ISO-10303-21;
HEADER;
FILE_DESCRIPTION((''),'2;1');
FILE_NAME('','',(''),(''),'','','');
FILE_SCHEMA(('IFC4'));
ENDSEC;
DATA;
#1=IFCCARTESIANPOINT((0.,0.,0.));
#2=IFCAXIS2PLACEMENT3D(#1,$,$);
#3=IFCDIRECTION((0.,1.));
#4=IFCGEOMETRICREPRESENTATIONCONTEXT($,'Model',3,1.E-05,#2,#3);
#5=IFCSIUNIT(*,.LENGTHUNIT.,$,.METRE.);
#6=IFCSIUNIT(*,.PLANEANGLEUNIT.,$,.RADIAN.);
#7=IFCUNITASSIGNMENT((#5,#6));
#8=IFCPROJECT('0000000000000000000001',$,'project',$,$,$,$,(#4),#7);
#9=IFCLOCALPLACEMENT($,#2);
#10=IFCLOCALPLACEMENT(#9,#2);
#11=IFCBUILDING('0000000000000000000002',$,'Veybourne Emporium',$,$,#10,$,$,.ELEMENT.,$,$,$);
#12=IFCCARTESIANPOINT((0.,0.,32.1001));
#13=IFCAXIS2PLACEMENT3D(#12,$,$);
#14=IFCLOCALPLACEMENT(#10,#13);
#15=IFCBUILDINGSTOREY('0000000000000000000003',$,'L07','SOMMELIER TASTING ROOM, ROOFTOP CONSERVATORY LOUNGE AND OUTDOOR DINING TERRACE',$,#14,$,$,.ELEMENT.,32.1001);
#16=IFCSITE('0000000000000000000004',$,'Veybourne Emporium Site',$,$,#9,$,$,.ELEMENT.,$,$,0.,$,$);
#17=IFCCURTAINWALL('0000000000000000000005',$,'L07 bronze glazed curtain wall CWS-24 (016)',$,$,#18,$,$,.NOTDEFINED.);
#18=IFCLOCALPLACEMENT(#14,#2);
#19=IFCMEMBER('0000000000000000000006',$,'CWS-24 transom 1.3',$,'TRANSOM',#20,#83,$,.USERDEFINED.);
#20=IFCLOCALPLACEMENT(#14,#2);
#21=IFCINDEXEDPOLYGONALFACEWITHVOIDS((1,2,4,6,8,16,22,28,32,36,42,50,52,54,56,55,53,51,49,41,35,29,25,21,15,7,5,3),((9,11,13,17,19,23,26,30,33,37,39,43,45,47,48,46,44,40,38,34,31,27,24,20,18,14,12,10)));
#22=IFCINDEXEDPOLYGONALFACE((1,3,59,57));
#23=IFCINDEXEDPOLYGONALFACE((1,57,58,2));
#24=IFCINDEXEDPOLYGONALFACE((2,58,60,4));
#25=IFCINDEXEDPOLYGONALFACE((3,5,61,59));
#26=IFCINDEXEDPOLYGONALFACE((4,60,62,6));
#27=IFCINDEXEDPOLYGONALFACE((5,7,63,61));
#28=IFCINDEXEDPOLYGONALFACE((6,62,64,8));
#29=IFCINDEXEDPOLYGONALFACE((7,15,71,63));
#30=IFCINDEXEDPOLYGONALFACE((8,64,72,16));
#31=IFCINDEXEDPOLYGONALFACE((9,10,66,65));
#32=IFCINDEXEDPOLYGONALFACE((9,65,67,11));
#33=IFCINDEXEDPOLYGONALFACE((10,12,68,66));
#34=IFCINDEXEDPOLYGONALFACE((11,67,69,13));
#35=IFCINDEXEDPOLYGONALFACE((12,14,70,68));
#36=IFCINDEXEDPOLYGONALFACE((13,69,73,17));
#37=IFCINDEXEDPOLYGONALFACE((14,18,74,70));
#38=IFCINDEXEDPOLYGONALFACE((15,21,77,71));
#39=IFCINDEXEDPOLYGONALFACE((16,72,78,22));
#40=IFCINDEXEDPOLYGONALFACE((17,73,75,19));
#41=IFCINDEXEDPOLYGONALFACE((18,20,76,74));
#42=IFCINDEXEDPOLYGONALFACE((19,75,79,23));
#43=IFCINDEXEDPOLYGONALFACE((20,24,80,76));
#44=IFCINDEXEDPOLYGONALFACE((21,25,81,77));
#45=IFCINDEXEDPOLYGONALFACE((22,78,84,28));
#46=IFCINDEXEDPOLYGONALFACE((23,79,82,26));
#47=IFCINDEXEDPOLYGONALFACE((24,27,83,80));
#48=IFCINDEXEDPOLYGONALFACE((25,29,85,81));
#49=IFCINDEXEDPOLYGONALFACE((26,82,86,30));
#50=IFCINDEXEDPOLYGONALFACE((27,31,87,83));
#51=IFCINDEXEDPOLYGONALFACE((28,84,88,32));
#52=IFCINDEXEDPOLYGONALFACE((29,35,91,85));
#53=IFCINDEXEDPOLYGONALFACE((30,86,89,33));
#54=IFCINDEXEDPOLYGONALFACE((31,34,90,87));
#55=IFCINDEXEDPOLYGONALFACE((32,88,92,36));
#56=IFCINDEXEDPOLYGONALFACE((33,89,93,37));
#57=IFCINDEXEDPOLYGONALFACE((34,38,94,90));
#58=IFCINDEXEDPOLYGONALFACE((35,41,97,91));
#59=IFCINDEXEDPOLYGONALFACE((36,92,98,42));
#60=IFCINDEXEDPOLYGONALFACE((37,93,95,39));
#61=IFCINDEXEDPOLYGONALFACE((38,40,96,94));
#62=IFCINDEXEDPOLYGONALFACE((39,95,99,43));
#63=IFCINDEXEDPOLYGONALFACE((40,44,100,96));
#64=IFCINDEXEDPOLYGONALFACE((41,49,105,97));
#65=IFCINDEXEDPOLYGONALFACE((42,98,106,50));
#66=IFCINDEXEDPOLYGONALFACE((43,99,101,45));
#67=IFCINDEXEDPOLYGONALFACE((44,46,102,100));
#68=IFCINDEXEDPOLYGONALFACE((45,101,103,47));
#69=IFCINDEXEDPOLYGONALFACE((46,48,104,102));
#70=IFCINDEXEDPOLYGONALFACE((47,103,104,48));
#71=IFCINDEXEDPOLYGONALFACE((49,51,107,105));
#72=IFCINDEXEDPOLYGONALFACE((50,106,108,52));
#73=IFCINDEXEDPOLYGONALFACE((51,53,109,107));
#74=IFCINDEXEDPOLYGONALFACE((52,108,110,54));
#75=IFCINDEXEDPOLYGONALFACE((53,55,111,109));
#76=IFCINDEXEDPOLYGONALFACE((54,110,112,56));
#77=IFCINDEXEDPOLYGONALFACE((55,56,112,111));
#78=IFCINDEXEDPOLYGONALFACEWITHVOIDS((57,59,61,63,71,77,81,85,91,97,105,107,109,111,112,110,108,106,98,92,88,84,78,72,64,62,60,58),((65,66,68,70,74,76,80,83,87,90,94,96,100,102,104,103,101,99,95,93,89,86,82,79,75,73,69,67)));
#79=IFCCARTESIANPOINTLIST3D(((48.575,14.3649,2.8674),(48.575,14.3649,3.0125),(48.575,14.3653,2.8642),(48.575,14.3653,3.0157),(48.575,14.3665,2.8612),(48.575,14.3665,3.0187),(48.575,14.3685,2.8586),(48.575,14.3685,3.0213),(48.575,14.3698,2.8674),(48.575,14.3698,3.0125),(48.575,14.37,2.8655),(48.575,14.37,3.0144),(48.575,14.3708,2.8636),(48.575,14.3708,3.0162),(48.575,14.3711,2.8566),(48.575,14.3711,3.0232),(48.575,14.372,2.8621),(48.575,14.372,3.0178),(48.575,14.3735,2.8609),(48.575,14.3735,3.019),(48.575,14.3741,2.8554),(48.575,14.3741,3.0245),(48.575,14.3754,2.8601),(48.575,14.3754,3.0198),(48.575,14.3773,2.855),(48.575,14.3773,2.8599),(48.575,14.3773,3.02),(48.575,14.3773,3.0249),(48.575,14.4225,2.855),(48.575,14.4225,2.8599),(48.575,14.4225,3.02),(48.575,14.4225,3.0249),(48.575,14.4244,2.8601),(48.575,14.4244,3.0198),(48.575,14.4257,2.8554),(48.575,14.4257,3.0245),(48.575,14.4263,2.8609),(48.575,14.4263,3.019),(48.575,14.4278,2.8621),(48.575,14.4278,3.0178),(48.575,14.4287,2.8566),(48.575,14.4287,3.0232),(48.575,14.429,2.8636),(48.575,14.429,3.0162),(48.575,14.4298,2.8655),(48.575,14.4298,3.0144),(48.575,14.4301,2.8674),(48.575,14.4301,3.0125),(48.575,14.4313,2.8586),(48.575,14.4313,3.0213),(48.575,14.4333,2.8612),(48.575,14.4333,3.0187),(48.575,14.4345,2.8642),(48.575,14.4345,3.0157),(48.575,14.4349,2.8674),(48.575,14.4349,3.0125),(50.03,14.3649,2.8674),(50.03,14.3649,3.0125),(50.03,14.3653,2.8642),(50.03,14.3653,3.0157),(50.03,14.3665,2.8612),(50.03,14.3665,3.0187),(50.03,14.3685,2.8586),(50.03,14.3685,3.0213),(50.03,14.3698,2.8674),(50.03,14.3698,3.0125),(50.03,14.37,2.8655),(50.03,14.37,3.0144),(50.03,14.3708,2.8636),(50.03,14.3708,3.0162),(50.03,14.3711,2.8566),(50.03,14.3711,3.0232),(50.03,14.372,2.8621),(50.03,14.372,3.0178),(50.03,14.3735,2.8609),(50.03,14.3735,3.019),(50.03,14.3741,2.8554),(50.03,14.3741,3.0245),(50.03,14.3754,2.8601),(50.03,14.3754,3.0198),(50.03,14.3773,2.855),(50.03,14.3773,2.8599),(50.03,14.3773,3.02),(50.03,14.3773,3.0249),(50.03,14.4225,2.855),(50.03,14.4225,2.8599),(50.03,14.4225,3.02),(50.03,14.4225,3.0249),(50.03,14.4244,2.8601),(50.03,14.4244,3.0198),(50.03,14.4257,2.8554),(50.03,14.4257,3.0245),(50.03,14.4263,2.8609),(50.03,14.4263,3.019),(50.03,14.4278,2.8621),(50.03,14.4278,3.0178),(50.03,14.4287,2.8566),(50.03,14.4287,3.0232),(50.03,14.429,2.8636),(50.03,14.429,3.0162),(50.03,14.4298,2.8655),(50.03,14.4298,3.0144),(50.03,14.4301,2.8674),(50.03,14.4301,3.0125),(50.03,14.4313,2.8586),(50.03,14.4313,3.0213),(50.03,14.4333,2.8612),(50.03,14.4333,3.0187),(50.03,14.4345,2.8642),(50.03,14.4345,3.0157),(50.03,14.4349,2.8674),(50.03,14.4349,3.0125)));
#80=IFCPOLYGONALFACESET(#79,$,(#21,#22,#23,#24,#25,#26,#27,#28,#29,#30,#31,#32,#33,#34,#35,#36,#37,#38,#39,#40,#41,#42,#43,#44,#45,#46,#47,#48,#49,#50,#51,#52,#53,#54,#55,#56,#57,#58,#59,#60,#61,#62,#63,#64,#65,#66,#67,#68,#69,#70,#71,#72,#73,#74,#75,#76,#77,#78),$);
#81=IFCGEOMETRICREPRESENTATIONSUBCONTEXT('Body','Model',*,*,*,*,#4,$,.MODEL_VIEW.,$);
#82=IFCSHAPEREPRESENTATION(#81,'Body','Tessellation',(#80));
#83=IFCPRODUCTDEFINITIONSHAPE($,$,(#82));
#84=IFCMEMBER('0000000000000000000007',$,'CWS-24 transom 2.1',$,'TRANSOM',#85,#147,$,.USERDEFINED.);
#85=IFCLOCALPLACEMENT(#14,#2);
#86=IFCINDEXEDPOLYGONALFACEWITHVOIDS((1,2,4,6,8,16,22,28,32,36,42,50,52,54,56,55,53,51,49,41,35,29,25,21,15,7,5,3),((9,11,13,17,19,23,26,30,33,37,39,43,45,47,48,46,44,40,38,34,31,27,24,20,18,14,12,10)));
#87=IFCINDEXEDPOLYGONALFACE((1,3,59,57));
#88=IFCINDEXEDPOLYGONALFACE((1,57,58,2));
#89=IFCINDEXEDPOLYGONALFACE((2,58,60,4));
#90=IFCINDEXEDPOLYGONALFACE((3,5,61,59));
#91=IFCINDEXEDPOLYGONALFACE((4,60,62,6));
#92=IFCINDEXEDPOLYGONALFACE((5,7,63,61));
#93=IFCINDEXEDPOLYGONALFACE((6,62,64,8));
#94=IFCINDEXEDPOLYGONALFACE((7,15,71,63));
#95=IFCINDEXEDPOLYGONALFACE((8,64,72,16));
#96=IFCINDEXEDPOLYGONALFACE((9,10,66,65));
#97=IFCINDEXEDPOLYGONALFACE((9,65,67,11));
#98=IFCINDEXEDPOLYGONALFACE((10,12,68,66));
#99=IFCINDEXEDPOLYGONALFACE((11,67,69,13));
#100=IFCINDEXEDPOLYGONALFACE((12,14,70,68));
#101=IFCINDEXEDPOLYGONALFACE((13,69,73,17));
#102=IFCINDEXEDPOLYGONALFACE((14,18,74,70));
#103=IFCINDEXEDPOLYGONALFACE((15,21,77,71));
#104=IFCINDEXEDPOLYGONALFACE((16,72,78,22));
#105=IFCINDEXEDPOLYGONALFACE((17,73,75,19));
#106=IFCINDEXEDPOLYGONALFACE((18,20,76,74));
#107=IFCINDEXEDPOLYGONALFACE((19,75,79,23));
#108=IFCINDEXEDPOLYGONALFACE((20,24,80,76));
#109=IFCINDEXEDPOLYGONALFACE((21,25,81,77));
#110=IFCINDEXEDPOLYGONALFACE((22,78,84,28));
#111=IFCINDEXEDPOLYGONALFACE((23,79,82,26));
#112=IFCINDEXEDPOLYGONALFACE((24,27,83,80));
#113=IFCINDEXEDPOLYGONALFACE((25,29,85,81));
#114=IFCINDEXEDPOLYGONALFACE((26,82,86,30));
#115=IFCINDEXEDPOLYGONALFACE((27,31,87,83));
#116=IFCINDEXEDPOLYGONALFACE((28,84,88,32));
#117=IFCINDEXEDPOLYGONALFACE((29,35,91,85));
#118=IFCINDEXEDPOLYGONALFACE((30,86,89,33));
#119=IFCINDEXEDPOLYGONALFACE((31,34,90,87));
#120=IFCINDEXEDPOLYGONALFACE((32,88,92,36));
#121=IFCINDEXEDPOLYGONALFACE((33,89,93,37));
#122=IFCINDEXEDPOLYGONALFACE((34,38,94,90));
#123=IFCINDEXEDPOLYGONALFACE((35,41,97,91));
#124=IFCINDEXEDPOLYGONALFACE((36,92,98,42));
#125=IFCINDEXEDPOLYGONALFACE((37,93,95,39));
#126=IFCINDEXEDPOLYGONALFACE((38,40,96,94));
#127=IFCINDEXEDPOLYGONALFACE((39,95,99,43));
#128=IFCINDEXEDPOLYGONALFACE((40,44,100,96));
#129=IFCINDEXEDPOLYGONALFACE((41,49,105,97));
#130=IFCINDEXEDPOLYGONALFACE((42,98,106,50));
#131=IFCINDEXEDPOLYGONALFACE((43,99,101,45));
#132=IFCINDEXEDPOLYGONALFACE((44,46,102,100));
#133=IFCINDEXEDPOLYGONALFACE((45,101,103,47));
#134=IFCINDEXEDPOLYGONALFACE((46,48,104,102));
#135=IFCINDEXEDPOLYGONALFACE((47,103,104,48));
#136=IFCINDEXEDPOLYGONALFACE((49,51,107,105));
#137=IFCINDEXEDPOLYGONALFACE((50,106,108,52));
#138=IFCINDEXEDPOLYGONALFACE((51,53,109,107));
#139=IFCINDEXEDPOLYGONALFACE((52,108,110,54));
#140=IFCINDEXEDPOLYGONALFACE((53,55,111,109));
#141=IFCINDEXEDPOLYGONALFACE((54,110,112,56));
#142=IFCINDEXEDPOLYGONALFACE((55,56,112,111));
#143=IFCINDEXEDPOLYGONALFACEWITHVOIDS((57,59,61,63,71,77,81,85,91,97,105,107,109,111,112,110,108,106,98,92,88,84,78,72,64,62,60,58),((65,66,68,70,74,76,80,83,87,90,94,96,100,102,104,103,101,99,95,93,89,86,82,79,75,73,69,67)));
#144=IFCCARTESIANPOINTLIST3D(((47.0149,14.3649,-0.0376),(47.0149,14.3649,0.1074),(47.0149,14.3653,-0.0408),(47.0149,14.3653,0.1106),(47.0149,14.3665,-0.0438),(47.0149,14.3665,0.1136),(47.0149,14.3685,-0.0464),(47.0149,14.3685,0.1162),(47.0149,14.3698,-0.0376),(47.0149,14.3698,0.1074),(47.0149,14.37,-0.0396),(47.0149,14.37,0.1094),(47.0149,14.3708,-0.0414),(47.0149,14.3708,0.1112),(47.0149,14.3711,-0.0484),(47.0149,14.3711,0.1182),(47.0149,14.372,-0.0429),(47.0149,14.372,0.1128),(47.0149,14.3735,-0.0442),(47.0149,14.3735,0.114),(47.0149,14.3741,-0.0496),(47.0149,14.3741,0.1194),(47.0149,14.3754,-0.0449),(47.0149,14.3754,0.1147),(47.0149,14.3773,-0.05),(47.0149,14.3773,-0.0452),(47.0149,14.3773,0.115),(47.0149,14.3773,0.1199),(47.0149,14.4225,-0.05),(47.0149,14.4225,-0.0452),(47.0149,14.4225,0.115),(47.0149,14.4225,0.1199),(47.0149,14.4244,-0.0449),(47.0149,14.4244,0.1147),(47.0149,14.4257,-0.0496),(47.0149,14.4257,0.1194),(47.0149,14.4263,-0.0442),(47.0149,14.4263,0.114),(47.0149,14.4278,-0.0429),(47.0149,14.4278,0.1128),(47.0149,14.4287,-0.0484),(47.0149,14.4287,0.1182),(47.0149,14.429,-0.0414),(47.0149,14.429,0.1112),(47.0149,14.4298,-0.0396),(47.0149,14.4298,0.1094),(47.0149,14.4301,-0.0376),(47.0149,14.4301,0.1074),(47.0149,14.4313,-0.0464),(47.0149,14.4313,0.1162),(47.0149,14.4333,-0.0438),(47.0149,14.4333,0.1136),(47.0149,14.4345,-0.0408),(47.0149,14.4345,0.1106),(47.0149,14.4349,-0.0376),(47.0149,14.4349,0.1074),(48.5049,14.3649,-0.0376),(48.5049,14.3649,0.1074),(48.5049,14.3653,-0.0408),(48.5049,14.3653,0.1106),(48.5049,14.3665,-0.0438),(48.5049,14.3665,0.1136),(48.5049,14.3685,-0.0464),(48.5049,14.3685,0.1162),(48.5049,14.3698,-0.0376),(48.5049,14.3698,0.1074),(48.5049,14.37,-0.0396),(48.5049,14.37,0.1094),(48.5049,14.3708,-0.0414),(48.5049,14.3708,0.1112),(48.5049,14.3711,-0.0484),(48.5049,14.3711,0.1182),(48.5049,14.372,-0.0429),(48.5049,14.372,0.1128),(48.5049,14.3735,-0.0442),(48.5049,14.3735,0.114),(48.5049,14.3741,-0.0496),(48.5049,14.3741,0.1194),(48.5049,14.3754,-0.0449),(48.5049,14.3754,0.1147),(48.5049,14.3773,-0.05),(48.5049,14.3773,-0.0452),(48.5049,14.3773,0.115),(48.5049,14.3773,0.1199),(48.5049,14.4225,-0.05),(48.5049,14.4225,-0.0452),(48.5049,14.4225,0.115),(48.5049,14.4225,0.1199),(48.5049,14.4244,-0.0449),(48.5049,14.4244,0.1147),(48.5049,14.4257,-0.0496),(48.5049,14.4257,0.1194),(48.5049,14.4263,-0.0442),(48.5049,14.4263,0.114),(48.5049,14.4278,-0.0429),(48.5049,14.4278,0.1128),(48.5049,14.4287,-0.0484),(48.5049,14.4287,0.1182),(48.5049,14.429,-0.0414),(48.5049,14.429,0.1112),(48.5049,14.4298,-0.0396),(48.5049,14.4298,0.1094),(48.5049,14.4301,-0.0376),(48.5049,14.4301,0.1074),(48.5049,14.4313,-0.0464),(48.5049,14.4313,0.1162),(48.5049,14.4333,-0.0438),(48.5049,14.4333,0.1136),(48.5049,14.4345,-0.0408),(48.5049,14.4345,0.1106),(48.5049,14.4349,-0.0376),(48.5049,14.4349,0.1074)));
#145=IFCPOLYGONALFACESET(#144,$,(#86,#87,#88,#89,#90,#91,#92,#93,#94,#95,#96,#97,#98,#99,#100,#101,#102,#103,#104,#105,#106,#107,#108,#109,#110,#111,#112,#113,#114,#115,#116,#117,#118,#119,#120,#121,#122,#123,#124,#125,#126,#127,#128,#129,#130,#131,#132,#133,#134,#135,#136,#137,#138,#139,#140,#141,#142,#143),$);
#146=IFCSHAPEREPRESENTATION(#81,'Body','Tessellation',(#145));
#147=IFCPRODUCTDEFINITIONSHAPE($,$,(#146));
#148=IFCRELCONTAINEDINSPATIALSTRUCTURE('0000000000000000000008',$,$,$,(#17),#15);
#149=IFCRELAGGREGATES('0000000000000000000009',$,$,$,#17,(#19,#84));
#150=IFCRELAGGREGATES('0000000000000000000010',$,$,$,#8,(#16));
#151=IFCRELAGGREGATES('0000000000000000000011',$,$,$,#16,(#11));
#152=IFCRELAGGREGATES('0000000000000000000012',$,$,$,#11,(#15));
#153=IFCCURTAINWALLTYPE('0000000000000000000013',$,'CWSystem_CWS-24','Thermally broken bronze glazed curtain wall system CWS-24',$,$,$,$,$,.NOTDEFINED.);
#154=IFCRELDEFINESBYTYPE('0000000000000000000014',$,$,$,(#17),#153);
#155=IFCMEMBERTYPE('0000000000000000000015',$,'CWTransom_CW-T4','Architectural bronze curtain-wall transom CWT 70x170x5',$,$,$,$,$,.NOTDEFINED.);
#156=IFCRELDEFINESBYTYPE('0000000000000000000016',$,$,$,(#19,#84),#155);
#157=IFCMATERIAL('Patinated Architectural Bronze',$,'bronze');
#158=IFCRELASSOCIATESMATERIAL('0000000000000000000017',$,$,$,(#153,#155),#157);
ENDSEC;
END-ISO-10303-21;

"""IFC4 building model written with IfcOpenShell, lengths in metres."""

from ifc_helpers import new_model, si_unit, direction, frame, origin, origin_2d, place, context, subcontext, project, spatial, hollow_rectangle, extrude, material, material_profile, profile_set, type_object, element, aggregate, save


model = new_model("IFC4")

# Units and contexts
model_context = context("Model", 3, precision=1e-05, world=origin(), true_north=direction((0.0, 1.0)))
body_context = subcontext(model_context, "Body", "Model", "MODEL_VIEW")
ifc_project = project(units=[si_unit("LENGTHUNIT", "METRE"), si_unit("PLANEANGLEUNIT", "RADIAN")], contexts=[model_context])

# Site, building, storey
site_placement = place(None, origin())
site = spatial("IfcSite", under=ifc_project, at=site_placement, Name="Veybourne Emporium Site", CompositionType="ELEMENT", RefElevation=0.0)
building_placement = place(site_placement, origin())
building = spatial("IfcBuilding", under=site, at=building_placement, Name="Veybourne Emporium", CompositionType="ELEMENT")
storey_placement = place(building_placement, frame((0.0, 0.0, 32.1001)))
storey = spatial("IfcBuildingStorey", under=building, at=storey_placement, Name="L07", Description="SOMMELIER TASTING ROOM, ROOFTOP CONSERVATORY LOUNGE AND OUTDOOR DINING TERRACE", CompositionType="ELEMENT", Elevation=32.1001)

# Curtain wall, members
ifc_material_1 = material(Name="Patinated Architectural Bronze", Category="bronze")
curtain_wall_type = type_object("IfcCurtainWallType", Name="CWSystem_CWS-24", Description="Thermally broken bronze glazed curtain wall system CWS-24", PredefinedType="NOTDEFINED", material=ifc_material_1)
curtain_wall_placement = place(storey_placement, origin())
curtain_wall = element("IfcCurtainWall", 1, at=curtain_wall_placement, inside=storey, type_object=curtain_wall_type, Name="L07 bronze glazed curtain wall CWS-24 (016)", PredefinedType="NOTDEFINED")
ifc_material_profile_1 = material_profile(ifc_material_1, hollow_rectangle(XDim=0.0701, YDim=0.1699, WallThickness=0.0049, InnerFilletRadius=0.0076, OuterFilletRadius=0.0125, at=origin_2d()), Name="CWT 70x170x5")
ifc_profile_set_1 = profile_set([ifc_material_profile_1], Name="Patinated Architectural Bronze")
member_type_1 = type_object("IfcMemberType", Name="CWTransom_CW-T4", Description="Architectural bronze curtain-wall transom CWT 70x170x5", PredefinedType="NOTDEFINED", material=ifc_profile_set_1)
member_1_placement = place(storey_placement, frame((50.03, 14.3999, 2.9399), z_axis=(-1.0, 0.0, 0.0), x_axis=(0.0, -1.0, 0.0)))
member_1 = element("IfcMember", 2, at=member_1_placement, type_object=member_type_1, Name="CWS-24 transom 1.3", ObjectType="TRANSOM", PredefinedType="USERDEFINED", context=body_context, shape_type="SweptSolid", body=[
    extrude(hollow_rectangle(XDim=0.0701, YDim=0.1699, WallThickness=0.0049, InnerFilletRadius=0.0076, OuterFilletRadius=0.0125, at=origin_2d()), origin(), (0.0, 0.0, 1.0), 1.4551),
])
member_2_placement = place(storey_placement, frame((48.5049, 14.3999, 0.0349), z_axis=(-1.0, 0.0, 0.0), x_axis=(0.0, -1.0, 0.0)))
member_2 = element("IfcMember", 3, at=member_2_placement, type_object=member_type_1, Name="CWS-24 transom 2.1", ObjectType="TRANSOM", PredefinedType="USERDEFINED", context=body_context, shape_type="SweptSolid", body=[
    extrude(hollow_rectangle(XDim=0.0701, YDim=0.1699, WallThickness=0.0049, InnerFilletRadius=0.0076, OuterFilletRadius=0.0125, at=origin_2d()), origin(), (0.0, 0.0, 1.0), 1.49),
])
aggregate(curtain_wall, [member_1, member_2])

save(model, "model.ifc")
